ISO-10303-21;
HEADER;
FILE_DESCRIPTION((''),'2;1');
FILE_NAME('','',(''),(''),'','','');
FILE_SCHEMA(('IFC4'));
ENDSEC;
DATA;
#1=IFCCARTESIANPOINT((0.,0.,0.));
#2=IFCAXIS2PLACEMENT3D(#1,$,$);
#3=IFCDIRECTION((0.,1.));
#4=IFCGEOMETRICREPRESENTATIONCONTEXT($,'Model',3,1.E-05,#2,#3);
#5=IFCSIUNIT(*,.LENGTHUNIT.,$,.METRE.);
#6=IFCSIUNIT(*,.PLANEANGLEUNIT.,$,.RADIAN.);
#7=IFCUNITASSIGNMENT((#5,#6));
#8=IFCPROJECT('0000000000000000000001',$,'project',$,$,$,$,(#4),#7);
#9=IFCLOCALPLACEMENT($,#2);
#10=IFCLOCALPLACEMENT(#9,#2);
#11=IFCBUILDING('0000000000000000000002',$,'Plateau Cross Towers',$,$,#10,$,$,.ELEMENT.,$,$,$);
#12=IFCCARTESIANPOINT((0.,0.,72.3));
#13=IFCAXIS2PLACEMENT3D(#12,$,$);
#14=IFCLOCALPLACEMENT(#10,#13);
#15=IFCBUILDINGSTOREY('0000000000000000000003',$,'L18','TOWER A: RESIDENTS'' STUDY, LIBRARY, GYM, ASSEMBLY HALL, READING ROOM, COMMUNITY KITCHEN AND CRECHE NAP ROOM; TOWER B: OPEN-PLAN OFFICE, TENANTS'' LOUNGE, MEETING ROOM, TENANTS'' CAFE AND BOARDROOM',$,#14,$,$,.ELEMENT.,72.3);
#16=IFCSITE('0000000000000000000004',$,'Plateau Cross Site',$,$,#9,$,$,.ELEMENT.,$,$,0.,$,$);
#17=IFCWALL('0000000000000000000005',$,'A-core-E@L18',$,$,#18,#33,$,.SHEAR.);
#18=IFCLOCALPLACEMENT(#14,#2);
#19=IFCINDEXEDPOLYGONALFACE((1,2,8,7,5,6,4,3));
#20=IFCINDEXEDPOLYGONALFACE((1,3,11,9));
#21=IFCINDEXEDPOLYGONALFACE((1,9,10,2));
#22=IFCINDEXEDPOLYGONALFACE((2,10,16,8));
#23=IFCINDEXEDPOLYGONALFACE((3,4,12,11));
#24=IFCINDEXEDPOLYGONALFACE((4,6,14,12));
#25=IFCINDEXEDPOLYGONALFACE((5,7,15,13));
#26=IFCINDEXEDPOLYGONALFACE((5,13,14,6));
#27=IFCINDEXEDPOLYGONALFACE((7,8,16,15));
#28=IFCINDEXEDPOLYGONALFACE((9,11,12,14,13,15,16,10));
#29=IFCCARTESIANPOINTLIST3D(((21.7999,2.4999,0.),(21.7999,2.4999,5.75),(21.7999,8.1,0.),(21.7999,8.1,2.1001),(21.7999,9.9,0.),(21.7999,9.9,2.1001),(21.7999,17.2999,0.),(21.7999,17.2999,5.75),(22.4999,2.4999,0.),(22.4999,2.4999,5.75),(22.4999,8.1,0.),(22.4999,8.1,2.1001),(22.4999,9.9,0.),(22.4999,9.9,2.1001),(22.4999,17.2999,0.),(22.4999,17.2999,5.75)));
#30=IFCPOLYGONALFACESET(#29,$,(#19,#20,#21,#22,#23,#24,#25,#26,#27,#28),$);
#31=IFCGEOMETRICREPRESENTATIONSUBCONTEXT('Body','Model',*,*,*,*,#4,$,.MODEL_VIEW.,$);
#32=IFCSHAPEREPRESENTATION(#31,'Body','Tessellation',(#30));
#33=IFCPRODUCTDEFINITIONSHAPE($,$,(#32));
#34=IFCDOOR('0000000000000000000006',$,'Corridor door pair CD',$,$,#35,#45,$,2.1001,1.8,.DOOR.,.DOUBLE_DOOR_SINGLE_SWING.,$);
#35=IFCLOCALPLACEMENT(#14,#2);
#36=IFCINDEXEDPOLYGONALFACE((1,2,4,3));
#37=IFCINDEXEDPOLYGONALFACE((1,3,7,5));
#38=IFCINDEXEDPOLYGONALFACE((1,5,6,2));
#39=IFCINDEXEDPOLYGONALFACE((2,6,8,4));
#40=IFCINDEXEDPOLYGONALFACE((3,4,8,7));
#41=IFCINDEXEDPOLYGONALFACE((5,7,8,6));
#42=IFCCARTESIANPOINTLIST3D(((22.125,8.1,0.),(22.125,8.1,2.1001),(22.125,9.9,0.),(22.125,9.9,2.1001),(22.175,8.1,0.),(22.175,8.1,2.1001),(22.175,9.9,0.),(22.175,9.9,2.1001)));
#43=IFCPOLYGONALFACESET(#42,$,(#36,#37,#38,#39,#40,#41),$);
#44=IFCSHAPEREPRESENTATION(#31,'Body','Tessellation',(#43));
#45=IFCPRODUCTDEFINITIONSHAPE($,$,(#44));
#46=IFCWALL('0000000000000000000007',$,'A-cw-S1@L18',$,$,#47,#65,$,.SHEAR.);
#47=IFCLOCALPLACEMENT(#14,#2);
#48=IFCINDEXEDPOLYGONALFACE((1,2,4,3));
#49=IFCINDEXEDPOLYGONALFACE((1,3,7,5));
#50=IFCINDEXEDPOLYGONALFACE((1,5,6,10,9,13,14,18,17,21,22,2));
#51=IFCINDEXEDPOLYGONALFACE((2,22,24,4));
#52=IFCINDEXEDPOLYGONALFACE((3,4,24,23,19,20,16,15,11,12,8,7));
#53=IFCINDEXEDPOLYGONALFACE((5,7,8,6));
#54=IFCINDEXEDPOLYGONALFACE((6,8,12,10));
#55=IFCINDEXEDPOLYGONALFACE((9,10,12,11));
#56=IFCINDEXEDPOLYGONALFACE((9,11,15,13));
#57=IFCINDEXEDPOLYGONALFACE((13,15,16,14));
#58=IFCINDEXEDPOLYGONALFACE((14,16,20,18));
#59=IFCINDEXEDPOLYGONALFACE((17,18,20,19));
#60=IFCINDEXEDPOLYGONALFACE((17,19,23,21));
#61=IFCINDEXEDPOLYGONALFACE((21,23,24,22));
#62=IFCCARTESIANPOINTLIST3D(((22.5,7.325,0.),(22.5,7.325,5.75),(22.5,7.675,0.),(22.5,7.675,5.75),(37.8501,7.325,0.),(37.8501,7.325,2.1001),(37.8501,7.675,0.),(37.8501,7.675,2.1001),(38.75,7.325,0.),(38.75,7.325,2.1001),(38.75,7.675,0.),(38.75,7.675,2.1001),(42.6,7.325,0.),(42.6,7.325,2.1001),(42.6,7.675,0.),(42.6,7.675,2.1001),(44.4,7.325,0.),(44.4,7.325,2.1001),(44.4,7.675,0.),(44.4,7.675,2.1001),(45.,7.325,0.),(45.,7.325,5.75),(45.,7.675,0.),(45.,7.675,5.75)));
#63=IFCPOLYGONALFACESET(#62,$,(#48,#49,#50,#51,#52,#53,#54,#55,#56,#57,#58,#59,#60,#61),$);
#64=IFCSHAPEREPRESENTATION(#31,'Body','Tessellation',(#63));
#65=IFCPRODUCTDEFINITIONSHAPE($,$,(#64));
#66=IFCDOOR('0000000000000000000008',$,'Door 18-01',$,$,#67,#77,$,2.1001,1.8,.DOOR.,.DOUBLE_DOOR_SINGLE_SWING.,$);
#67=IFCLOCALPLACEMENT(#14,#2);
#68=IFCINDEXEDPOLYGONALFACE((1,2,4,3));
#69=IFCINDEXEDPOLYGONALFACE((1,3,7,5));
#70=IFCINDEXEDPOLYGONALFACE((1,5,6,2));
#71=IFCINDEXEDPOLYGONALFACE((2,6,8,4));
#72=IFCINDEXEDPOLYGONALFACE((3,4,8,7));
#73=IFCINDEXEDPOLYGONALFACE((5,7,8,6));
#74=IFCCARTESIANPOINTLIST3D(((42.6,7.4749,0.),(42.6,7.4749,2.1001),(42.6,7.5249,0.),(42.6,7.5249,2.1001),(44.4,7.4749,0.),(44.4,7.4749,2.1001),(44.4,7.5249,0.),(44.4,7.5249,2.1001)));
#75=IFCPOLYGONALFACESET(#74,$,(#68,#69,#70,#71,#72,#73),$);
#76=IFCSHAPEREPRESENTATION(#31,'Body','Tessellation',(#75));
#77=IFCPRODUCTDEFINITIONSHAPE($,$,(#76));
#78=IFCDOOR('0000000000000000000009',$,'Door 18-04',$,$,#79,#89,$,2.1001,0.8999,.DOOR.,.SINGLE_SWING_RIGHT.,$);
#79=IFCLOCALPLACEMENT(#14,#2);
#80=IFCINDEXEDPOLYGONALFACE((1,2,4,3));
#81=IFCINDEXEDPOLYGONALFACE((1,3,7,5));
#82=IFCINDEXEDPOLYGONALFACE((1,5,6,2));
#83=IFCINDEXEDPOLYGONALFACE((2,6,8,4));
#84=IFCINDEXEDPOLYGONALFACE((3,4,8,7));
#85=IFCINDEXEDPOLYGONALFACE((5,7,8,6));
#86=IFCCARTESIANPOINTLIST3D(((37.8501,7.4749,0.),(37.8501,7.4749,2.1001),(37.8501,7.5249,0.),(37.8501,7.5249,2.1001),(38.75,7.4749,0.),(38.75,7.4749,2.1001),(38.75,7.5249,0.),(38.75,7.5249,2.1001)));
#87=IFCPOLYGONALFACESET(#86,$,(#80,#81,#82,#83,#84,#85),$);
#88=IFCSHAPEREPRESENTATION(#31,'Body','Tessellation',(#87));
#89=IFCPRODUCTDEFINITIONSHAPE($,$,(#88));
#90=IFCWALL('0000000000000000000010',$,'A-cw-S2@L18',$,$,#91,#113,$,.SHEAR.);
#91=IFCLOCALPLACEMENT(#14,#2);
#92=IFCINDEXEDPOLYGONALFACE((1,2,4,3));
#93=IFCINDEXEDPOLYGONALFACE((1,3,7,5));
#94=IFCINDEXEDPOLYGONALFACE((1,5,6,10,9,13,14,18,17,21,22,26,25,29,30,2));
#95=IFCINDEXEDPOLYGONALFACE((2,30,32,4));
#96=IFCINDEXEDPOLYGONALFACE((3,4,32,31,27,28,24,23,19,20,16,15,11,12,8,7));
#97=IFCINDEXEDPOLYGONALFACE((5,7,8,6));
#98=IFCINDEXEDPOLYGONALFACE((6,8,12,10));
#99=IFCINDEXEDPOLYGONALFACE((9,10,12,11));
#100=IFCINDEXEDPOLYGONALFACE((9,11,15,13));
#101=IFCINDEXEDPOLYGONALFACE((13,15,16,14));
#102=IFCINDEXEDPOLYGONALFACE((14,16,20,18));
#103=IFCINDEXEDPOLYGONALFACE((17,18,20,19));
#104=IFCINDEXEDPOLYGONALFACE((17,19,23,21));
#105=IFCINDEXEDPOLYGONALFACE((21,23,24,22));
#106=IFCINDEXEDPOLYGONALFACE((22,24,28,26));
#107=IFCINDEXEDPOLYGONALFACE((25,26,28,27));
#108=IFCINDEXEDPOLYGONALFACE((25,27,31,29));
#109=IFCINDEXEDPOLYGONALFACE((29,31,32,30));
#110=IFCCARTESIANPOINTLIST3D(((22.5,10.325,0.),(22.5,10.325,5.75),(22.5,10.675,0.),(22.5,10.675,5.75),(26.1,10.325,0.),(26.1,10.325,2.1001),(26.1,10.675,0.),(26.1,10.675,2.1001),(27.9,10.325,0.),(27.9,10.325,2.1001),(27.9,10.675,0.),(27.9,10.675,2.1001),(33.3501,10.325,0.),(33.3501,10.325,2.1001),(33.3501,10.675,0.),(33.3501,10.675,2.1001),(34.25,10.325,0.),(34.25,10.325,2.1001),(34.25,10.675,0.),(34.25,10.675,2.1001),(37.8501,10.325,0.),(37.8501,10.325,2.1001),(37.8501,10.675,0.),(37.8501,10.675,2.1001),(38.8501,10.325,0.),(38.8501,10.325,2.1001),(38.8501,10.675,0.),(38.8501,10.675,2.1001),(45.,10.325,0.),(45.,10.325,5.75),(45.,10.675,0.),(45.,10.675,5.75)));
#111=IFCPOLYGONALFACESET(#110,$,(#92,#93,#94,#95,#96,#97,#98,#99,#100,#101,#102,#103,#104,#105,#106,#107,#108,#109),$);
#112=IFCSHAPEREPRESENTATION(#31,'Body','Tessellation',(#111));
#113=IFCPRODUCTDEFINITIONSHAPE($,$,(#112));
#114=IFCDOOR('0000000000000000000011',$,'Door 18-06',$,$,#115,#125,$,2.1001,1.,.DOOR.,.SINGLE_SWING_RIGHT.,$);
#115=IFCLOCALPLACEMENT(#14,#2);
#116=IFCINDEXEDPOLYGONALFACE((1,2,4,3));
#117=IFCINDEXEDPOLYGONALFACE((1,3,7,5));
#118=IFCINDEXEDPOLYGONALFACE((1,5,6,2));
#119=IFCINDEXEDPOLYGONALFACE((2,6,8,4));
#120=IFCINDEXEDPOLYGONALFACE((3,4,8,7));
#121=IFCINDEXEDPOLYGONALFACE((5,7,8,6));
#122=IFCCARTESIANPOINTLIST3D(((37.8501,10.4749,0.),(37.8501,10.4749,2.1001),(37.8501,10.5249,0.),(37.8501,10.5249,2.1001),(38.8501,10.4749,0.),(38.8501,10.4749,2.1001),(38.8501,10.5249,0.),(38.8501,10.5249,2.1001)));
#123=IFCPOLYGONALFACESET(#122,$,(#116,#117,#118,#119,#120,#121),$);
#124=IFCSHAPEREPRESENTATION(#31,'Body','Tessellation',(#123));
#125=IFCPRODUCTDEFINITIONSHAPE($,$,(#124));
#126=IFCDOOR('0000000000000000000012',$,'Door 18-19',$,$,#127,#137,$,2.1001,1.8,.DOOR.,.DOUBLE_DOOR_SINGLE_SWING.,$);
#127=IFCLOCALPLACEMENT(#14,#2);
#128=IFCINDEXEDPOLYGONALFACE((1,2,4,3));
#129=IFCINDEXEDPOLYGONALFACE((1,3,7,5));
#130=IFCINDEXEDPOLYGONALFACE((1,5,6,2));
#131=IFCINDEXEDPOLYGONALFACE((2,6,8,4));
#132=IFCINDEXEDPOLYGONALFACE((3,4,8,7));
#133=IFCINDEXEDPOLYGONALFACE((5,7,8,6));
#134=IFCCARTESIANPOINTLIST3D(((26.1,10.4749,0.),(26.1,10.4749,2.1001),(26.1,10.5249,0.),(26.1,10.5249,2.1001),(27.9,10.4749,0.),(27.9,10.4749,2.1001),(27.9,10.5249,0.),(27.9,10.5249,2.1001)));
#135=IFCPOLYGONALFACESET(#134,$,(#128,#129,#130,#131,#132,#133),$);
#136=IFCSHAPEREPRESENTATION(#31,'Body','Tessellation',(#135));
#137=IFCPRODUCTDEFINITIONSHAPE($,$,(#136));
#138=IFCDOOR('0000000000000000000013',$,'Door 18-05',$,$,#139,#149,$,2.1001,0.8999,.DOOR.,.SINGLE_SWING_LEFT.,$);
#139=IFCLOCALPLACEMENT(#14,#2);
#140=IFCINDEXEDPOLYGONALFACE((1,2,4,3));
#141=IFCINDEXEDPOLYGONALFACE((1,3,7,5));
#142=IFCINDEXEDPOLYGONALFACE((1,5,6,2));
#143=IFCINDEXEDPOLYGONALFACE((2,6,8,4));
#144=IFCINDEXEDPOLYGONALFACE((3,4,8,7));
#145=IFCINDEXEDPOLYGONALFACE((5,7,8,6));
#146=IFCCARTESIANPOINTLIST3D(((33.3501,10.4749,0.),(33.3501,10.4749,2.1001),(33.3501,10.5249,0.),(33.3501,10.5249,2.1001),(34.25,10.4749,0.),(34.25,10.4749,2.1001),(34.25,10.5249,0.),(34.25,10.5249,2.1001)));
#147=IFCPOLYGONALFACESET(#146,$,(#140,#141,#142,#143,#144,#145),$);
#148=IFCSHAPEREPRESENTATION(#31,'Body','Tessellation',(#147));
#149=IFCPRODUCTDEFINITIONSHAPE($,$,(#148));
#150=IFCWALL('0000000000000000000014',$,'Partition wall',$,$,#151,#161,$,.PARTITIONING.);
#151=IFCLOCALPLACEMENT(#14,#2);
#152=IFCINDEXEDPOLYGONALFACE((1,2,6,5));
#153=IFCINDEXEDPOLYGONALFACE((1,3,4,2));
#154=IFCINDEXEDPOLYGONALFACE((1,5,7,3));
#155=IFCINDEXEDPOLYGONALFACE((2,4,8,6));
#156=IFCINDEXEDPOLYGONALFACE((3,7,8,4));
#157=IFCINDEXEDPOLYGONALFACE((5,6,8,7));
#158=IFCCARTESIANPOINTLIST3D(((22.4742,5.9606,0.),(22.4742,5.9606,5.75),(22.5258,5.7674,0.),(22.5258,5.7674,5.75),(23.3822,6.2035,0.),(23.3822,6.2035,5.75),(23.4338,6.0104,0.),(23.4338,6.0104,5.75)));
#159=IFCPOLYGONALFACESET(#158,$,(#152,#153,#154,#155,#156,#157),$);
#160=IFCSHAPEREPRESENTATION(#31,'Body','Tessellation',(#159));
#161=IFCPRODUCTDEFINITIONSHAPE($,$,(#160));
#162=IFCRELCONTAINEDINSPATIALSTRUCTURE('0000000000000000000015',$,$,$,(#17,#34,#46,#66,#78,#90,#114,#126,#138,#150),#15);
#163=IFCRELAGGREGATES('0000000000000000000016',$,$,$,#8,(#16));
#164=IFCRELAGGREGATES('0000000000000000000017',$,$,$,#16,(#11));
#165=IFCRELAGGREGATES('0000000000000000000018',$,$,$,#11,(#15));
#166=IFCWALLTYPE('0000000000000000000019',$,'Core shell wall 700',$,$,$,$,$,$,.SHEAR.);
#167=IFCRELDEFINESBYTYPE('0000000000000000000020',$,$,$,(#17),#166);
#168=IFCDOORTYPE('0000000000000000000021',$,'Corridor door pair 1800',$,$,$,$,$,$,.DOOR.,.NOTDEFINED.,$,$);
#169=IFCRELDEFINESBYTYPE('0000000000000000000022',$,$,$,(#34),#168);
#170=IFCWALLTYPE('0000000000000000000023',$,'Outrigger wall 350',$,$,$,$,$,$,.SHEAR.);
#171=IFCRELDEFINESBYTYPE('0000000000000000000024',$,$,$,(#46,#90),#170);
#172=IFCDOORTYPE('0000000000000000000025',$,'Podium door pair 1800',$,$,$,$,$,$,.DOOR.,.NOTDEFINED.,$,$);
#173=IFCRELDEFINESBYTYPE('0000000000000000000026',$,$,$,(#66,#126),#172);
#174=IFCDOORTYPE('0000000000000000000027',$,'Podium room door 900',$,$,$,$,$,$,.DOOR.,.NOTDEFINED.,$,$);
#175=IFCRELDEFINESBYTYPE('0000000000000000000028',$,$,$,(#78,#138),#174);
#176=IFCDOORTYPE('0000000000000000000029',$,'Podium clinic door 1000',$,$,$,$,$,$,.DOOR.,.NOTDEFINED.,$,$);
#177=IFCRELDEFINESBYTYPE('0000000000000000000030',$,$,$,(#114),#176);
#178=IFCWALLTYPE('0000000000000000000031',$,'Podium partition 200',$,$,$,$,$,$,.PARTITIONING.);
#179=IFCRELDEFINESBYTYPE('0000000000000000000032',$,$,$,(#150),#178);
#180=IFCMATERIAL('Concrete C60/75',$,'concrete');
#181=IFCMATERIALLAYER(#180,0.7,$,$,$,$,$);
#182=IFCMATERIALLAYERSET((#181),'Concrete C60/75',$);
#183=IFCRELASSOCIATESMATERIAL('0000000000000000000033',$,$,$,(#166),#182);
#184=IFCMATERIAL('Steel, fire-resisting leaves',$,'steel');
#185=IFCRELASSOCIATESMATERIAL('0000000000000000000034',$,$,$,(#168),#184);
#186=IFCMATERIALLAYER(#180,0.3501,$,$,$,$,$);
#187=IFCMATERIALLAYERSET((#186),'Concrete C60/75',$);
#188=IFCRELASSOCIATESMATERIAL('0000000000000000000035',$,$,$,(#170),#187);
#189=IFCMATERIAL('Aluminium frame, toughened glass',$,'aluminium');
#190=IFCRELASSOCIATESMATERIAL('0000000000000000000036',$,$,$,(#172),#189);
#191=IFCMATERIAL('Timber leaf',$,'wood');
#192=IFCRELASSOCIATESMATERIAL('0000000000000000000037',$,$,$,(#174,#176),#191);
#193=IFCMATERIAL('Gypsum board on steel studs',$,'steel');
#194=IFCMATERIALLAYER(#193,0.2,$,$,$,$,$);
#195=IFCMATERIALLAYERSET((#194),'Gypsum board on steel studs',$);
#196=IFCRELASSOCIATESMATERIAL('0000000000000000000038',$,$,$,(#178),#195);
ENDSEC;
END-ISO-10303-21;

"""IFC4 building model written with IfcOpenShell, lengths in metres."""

from ifc_helpers import new_model, si_unit, direction, frame, frame_2d, origin, place, context, subcontext, project, spatial, rectangle, extrude, material, layer, layer_set, type_object, element, fill, save


model = new_model("IFC4")

# Units and contexts
model_context = context("Model", 3, precision=1e-05, world=origin(), true_north=direction((0.0, 1.0)))
body_context = subcontext(model_context, "Body", "Model", "MODEL_VIEW")
ifc_project = project(units=[si_unit("LENGTHUNIT", "METRE"), si_unit("PLANEANGLEUNIT", "RADIAN")], contexts=[model_context])

# Site, building, storey
site_placement = place(None, origin())
site = spatial("IfcSite", under=ifc_project, at=site_placement, Name="Plateau Cross Site", CompositionType="ELEMENT", RefElevation=0.0)
building_placement = place(site_placement, origin())
building = spatial("IfcBuilding", under=site, at=building_placement, Name="Plateau Cross Towers", CompositionType="ELEMENT")
storey_placement = place(building_placement, frame((0.0, 0.0, 72.3)))
storey = spatial("IfcBuildingStorey", under=building, at=storey_placement, Name="L18", Description="TOWER A: RESIDENTS' STUDY, LIBRARY, GYM, ASSEMBLY HALL, READING ROOM, COMMUNITY KITCHEN AND CRECHE NAP ROOM; TOWER B: OPEN-PLAN OFFICE, TENANTS' LOUNGE, MEETING ROOM, TENANTS' CAFE AND BOARDROOM", CompositionType="ELEMENT", Elevation=72.3)

# Shared definitions
ifc_material_1 = material(Name="Concrete C60/75", Category="concrete")

# Wall, opening, door
ifc_layer_1 = layer(ifc_material_1, 0.7)
ifc_layer_set_1 = layer_set([ifc_layer_1], Name="Concrete C60/75")
wall_type_1 = type_object("IfcWallType", Name="Core shell wall 700", PredefinedType="SHEAR", material=ifc_layer_set_1)
wall_1_placement = place(storey_placement, frame((22.1499, 2.5, 0.0), z_axis=(0.0, 0.0, 1.0), x_axis=(0.0, 1.0, 0.0)))
wall_1 = element("IfcWall", 1, at=wall_1_placement, inside=storey, type_object=wall_type_1, Name="A-core-E@L18", PredefinedType="SHEAR", context=body_context, shape_type="SweptSolid", body=[
    extrude(rectangle(XDim=14.8, YDim=0.7, at=frame_2d((7.3999, 0.0))), origin(), (0.0, 0.0, 1.0), 5.75),
])
opening_1_placement = place(wall_1_placement, frame((5.6001, 0.0, 0.0)))
opening_1 = element("IfcOpeningElement", 2, at=opening_1_placement, cuts=wall_1, PredefinedType="OPENING", context=body_context, shape_type="SweptSolid", body=[
    extrude(rectangle(XDim=1.8, YDim=2.1001, at=frame_2d((0.8999, 1.05))), frame((0.0, 0.3599, 0.0), z_axis=(0.0, -1.0, 0.0), x_axis=(1.0, 0.0, 0.0)), (0.0, 0.0, 1.0), 0.72),
])
ifc_material_2 = material(Name="Steel, fire-resisting leaves", Category="steel")
door_type_1 = type_object("IfcDoorType", Name="Corridor door pair 1800", OperationType="NOTDEFINED", PredefinedType="DOOR", material=ifc_material_2)
door_1_placement = place(opening_1_placement, origin())
door_1 = element("IfcDoor", 3, at=door_1_placement, inside=storey, type_object=door_type_1, Name="Corridor door pair CD", OperationType="DOUBLE_DOOR_SINGLE_SWING", OverallHeight=2.1001, OverallWidth=1.8, PredefinedType="DOOR", context=body_context, shape_type="SweptSolid", body=[
    extrude(rectangle(XDim=1.8, YDim=2.1001, at=frame_2d((0.8999, 1.05))), frame((0.0, 0.0249, 0.0), z_axis=(0.0, -1.0, 0.0), x_axis=(1.0, 0.0, 0.0)), (0.0, 0.0, 1.0), 0.05),
])
fill(opening_1, door_1)

# Walls, openings, doors
ifc_layer_2 = layer(ifc_material_1, 0.3501)
ifc_layer_set_2 = layer_set([ifc_layer_2], Name="Concrete C60/75")
wall_type_2 = type_object("IfcWallType", Name="Outrigger wall 350", PredefinedType="SHEAR", material=ifc_layer_set_2)
wall_2_placement = place(storey_placement, frame((22.5, 7.5, 0.0), z_axis=(0.0, 0.0, 1.0), x_axis=(1.0, 0.0, 0.0)))
wall_2 = element("IfcWall", 4, at=wall_2_placement, inside=storey, type_object=wall_type_2, Name="A-cw-S1@L18", PredefinedType="SHEAR", context=body_context, shape_type="SweptSolid", body=[
    extrude(rectangle(XDim=22.5, YDim=0.3501, at=frame_2d((11.25, 0.0))), origin(), (0.0, 0.0, 1.0), 5.75),
])
opening_2_placement = place(wall_2_placement, frame((20.1001, 0.0, 0.0)))
opening_2 = element("IfcOpeningElement", 5, at=opening_2_placement, cuts=wall_2, PredefinedType="OPENING", context=body_context, shape_type="SweptSolid", body=[
    extrude(rectangle(XDim=1.8, YDim=2.1001, at=frame_2d((0.8999, 1.05))), frame((0.0, 0.1851, 0.0), z_axis=(0.0, -1.0, 0.0), x_axis=(1.0, 0.0, 0.0)), (0.0, 0.0, 1.0), 0.3701),
])
opening_3_placement = place(wall_2_placement, frame((15.3501, 0.0, 0.0)))
opening_3 = element("IfcOpeningElement", 6, at=opening_3_placement, cuts=wall_2, PredefinedType="OPENING", context=body_context, shape_type="SweptSolid", body=[
    extrude(rectangle(XDim=0.8999, YDim=2.1001, at=frame_2d((0.45, 1.05))), frame((0.0, 0.1851, 0.0), z_axis=(0.0, -1.0, 0.0), x_axis=(1.0, 0.0, 0.0)), (0.0, 0.0, 1.0), 0.3701),
])
ifc_material_3 = material(Name="Aluminium frame, toughened glass", Category="aluminium")
door_type_2 = type_object("IfcDoorType", Name="Podium door pair 1800", OperationType="NOTDEFINED", PredefinedType="DOOR", material=ifc_material_3)
door_2_placement = place(opening_2_placement, origin())
door_2 = element("IfcDoor", 7, at=door_2_placement, inside=storey, type_object=door_type_2, Name="Door 18-01", OperationType="DOUBLE_DOOR_SINGLE_SWING", OverallHeight=2.1001, OverallWidth=1.8, PredefinedType="DOOR", context=body_context, shape_type="SweptSolid", body=[
    extrude(rectangle(XDim=1.8, YDim=2.1001, at=frame_2d((0.8999, 1.05))), frame((0.0, 0.0249, 0.0), z_axis=(0.0, -1.0, 0.0), x_axis=(1.0, 0.0, 0.0)), (0.0, 0.0, 1.0), 0.05),
])
fill(opening_2, door_2)
ifc_material_4 = material(Name="Timber leaf", Category="wood")
door_type_3 = type_object("IfcDoorType", Name="Podium room door 900", OperationType="NOTDEFINED", PredefinedType="DOOR", material=ifc_material_4)
door_3_placement = place(opening_3_placement, origin())
door_3 = element("IfcDoor", 8, at=door_3_placement, inside=storey, type_object=door_type_3, Name="Door 18-04", OperationType="SINGLE_SWING_RIGHT", OverallHeight=2.1001, OverallWidth=0.8999, PredefinedType="DOOR", context=body_context, shape_type="SweptSolid", body=[
    extrude(rectangle(XDim=0.8999, YDim=2.1001, at=frame_2d((0.45, 1.05))), frame((0.0, 0.0249, 0.0), z_axis=(0.0, -1.0, 0.0), x_axis=(1.0, 0.0, 0.0)), (0.0, 0.0, 1.0), 0.05),
])
fill(opening_3, door_3)
wall_3_placement = place(storey_placement, frame((22.5, 10.5, 0.0), z_axis=(0.0, 0.0, 1.0), x_axis=(1.0, 0.0, 0.0)))
wall_3 = element("IfcWall", 9, at=wall_3_placement, inside=storey, type_object=wall_type_2, Name="A-cw-S2@L18", PredefinedType="SHEAR", context=body_context, shape_type="SweptSolid", body=[
    extrude(rectangle(XDim=22.5, YDim=0.3501, at=frame_2d((11.25, 0.0))), origin(), (0.0, 0.0, 1.0), 5.75),
])
opening_4_placement = place(wall_3_placement, frame((10.8501, 0.0, 0.0)))
opening_4 = element("IfcOpeningElement", 10, at=opening_4_placement, cuts=wall_3, PredefinedType="OPENING", context=body_context, shape_type="SweptSolid", body=[
    extrude(rectangle(XDim=0.8999, YDim=2.1001, at=frame_2d((0.45, 1.05))), frame((0.0, 0.1851, 0.0), z_axis=(0.0, -1.0, 0.0), x_axis=(1.0, 0.0, 0.0)), (0.0, 0.0, 1.0), 0.3701),
])
opening_5_placement = place(wall_3_placement, frame((15.3501, 0.0, 0.0)))
opening_5 = element("IfcOpeningElement", 11, at=opening_5_placement, cuts=wall_3, PredefinedType="OPENING", context=body_context, shape_type="SweptSolid", body=[
    extrude(rectangle(XDim=1.0, YDim=2.1001, at=frame_2d((0.5, 1.05))), frame((0.0, 0.1851, 0.0), z_axis=(0.0, -1.0, 0.0), x_axis=(1.0, 0.0, 0.0)), (0.0, 0.0, 1.0), 0.3701),
])
opening_6_placement = place(wall_3_placement, frame((3.6001, 0.0, 0.0)))
opening_6 = element("IfcOpeningElement", 12, at=opening_6_placement, cuts=wall_3, PredefinedType="OPENING", context=body_context, shape_type="SweptSolid", body=[
    extrude(rectangle(XDim=1.8, YDim=2.1001, at=frame_2d((0.8999, 1.05))), frame((0.0, 0.1851, 0.0), z_axis=(0.0, -1.0, 0.0), x_axis=(1.0, 0.0, 0.0)), (0.0, 0.0, 1.0), 0.3701),
])
door_type_4 = type_object("IfcDoorType", Name="Podium clinic door 1000", OperationType="NOTDEFINED", PredefinedType="DOOR", material=ifc_material_4)
door_4_placement = place(opening_5_placement, origin())
door_4 = element("IfcDoor", 13, at=door_4_placement, inside=storey, type_object=door_type_4, Name="Door 18-06", OperationType="SINGLE_SWING_RIGHT", OverallHeight=2.1001, OverallWidth=1.0, PredefinedType="DOOR", context=body_context, shape_type="SweptSolid", body=[
    extrude(rectangle(XDim=1.0, YDim=2.1001, at=frame_2d((0.5, 1.05))), frame((0.0, 0.0249, 0.0), z_axis=(0.0, -1.0, 0.0), x_axis=(1.0, 0.0, 0.0)), (0.0, 0.0, 1.0), 0.05),
])
fill(opening_5, door_4)
door_5_placement = place(opening_6_placement, origin())
door_5 = element("IfcDoor", 14, at=door_5_placement, inside=storey, type_object=door_type_2, Name="Door 18-19", OperationType="DOUBLE_DOOR_SINGLE_SWING", OverallHeight=2.1001, OverallWidth=1.8, PredefinedType="DOOR", context=body_context, shape_type="SweptSolid", body=[
    extrude(rectangle(XDim=1.8, YDim=2.1001, at=frame_2d((0.8999, 1.05))), frame((0.0, 0.0249, 0.0), z_axis=(0.0, -1.0, 0.0), x_axis=(1.0, 0.0, 0.0)), (0.0, 0.0, 1.0), 0.05),
])
fill(opening_6, door_5)
door_6_placement = place(opening_4_placement, origin())
door_6 = element("IfcDoor", 15, at=door_6_placement, inside=storey, type_object=door_type_3, Name="Door 18-05", OperationType="SINGLE_SWING_LEFT", OverallHeight=2.1001, OverallWidth=0.8999, PredefinedType="DOOR", context=body_context, shape_type="SweptSolid", body=[
    extrude(rectangle(XDim=0.8999, YDim=2.1001, at=frame_2d((0.45, 1.05))), frame((0.0, 0.0249, 0.0), z_axis=(0.0, -1.0, 0.0), x_axis=(1.0, 0.0, 0.0)), (0.0, 0.0, 1.0), 0.05),
])
fill(opening_4, door_6)

# Wall
ifc_material_5 = material(Name="Gypsum board on steel studs", Category="steel")
ifc_layer_3 = layer(ifc_material_5, 0.2)
ifc_layer_set_3 = layer_set([ifc_layer_3], Name="Gypsum board on steel studs")
wall_type_3 = type_object("IfcWallType", Name="Podium partition 200", PredefinedType="PARTITIONING", material=ifc_layer_set_3)
for number, where, z_axis, x_axis, name in (
    (16, (22.5, 5.864, 0.0), (0.0, 0.0, 1.0), (0.966023, 0.258455, 0.0), "Partition wall"),
):
    element("IfcWall", number, at=place(storey_placement, frame(where, z_axis=z_axis, x_axis=x_axis)), inside=storey, type_object=wall_type_3, Name=name, PredefinedType="PARTITIONING", context=body_context, shape_type="SweptSolid", body=[
        extrude(rectangle(XDim=0.9399, YDim=0.2, at=frame_2d((0.47, 0.0))), origin(), (0.0, 0.0, 1.0), 5.75),
    ])

save(model, "model.ifc")
